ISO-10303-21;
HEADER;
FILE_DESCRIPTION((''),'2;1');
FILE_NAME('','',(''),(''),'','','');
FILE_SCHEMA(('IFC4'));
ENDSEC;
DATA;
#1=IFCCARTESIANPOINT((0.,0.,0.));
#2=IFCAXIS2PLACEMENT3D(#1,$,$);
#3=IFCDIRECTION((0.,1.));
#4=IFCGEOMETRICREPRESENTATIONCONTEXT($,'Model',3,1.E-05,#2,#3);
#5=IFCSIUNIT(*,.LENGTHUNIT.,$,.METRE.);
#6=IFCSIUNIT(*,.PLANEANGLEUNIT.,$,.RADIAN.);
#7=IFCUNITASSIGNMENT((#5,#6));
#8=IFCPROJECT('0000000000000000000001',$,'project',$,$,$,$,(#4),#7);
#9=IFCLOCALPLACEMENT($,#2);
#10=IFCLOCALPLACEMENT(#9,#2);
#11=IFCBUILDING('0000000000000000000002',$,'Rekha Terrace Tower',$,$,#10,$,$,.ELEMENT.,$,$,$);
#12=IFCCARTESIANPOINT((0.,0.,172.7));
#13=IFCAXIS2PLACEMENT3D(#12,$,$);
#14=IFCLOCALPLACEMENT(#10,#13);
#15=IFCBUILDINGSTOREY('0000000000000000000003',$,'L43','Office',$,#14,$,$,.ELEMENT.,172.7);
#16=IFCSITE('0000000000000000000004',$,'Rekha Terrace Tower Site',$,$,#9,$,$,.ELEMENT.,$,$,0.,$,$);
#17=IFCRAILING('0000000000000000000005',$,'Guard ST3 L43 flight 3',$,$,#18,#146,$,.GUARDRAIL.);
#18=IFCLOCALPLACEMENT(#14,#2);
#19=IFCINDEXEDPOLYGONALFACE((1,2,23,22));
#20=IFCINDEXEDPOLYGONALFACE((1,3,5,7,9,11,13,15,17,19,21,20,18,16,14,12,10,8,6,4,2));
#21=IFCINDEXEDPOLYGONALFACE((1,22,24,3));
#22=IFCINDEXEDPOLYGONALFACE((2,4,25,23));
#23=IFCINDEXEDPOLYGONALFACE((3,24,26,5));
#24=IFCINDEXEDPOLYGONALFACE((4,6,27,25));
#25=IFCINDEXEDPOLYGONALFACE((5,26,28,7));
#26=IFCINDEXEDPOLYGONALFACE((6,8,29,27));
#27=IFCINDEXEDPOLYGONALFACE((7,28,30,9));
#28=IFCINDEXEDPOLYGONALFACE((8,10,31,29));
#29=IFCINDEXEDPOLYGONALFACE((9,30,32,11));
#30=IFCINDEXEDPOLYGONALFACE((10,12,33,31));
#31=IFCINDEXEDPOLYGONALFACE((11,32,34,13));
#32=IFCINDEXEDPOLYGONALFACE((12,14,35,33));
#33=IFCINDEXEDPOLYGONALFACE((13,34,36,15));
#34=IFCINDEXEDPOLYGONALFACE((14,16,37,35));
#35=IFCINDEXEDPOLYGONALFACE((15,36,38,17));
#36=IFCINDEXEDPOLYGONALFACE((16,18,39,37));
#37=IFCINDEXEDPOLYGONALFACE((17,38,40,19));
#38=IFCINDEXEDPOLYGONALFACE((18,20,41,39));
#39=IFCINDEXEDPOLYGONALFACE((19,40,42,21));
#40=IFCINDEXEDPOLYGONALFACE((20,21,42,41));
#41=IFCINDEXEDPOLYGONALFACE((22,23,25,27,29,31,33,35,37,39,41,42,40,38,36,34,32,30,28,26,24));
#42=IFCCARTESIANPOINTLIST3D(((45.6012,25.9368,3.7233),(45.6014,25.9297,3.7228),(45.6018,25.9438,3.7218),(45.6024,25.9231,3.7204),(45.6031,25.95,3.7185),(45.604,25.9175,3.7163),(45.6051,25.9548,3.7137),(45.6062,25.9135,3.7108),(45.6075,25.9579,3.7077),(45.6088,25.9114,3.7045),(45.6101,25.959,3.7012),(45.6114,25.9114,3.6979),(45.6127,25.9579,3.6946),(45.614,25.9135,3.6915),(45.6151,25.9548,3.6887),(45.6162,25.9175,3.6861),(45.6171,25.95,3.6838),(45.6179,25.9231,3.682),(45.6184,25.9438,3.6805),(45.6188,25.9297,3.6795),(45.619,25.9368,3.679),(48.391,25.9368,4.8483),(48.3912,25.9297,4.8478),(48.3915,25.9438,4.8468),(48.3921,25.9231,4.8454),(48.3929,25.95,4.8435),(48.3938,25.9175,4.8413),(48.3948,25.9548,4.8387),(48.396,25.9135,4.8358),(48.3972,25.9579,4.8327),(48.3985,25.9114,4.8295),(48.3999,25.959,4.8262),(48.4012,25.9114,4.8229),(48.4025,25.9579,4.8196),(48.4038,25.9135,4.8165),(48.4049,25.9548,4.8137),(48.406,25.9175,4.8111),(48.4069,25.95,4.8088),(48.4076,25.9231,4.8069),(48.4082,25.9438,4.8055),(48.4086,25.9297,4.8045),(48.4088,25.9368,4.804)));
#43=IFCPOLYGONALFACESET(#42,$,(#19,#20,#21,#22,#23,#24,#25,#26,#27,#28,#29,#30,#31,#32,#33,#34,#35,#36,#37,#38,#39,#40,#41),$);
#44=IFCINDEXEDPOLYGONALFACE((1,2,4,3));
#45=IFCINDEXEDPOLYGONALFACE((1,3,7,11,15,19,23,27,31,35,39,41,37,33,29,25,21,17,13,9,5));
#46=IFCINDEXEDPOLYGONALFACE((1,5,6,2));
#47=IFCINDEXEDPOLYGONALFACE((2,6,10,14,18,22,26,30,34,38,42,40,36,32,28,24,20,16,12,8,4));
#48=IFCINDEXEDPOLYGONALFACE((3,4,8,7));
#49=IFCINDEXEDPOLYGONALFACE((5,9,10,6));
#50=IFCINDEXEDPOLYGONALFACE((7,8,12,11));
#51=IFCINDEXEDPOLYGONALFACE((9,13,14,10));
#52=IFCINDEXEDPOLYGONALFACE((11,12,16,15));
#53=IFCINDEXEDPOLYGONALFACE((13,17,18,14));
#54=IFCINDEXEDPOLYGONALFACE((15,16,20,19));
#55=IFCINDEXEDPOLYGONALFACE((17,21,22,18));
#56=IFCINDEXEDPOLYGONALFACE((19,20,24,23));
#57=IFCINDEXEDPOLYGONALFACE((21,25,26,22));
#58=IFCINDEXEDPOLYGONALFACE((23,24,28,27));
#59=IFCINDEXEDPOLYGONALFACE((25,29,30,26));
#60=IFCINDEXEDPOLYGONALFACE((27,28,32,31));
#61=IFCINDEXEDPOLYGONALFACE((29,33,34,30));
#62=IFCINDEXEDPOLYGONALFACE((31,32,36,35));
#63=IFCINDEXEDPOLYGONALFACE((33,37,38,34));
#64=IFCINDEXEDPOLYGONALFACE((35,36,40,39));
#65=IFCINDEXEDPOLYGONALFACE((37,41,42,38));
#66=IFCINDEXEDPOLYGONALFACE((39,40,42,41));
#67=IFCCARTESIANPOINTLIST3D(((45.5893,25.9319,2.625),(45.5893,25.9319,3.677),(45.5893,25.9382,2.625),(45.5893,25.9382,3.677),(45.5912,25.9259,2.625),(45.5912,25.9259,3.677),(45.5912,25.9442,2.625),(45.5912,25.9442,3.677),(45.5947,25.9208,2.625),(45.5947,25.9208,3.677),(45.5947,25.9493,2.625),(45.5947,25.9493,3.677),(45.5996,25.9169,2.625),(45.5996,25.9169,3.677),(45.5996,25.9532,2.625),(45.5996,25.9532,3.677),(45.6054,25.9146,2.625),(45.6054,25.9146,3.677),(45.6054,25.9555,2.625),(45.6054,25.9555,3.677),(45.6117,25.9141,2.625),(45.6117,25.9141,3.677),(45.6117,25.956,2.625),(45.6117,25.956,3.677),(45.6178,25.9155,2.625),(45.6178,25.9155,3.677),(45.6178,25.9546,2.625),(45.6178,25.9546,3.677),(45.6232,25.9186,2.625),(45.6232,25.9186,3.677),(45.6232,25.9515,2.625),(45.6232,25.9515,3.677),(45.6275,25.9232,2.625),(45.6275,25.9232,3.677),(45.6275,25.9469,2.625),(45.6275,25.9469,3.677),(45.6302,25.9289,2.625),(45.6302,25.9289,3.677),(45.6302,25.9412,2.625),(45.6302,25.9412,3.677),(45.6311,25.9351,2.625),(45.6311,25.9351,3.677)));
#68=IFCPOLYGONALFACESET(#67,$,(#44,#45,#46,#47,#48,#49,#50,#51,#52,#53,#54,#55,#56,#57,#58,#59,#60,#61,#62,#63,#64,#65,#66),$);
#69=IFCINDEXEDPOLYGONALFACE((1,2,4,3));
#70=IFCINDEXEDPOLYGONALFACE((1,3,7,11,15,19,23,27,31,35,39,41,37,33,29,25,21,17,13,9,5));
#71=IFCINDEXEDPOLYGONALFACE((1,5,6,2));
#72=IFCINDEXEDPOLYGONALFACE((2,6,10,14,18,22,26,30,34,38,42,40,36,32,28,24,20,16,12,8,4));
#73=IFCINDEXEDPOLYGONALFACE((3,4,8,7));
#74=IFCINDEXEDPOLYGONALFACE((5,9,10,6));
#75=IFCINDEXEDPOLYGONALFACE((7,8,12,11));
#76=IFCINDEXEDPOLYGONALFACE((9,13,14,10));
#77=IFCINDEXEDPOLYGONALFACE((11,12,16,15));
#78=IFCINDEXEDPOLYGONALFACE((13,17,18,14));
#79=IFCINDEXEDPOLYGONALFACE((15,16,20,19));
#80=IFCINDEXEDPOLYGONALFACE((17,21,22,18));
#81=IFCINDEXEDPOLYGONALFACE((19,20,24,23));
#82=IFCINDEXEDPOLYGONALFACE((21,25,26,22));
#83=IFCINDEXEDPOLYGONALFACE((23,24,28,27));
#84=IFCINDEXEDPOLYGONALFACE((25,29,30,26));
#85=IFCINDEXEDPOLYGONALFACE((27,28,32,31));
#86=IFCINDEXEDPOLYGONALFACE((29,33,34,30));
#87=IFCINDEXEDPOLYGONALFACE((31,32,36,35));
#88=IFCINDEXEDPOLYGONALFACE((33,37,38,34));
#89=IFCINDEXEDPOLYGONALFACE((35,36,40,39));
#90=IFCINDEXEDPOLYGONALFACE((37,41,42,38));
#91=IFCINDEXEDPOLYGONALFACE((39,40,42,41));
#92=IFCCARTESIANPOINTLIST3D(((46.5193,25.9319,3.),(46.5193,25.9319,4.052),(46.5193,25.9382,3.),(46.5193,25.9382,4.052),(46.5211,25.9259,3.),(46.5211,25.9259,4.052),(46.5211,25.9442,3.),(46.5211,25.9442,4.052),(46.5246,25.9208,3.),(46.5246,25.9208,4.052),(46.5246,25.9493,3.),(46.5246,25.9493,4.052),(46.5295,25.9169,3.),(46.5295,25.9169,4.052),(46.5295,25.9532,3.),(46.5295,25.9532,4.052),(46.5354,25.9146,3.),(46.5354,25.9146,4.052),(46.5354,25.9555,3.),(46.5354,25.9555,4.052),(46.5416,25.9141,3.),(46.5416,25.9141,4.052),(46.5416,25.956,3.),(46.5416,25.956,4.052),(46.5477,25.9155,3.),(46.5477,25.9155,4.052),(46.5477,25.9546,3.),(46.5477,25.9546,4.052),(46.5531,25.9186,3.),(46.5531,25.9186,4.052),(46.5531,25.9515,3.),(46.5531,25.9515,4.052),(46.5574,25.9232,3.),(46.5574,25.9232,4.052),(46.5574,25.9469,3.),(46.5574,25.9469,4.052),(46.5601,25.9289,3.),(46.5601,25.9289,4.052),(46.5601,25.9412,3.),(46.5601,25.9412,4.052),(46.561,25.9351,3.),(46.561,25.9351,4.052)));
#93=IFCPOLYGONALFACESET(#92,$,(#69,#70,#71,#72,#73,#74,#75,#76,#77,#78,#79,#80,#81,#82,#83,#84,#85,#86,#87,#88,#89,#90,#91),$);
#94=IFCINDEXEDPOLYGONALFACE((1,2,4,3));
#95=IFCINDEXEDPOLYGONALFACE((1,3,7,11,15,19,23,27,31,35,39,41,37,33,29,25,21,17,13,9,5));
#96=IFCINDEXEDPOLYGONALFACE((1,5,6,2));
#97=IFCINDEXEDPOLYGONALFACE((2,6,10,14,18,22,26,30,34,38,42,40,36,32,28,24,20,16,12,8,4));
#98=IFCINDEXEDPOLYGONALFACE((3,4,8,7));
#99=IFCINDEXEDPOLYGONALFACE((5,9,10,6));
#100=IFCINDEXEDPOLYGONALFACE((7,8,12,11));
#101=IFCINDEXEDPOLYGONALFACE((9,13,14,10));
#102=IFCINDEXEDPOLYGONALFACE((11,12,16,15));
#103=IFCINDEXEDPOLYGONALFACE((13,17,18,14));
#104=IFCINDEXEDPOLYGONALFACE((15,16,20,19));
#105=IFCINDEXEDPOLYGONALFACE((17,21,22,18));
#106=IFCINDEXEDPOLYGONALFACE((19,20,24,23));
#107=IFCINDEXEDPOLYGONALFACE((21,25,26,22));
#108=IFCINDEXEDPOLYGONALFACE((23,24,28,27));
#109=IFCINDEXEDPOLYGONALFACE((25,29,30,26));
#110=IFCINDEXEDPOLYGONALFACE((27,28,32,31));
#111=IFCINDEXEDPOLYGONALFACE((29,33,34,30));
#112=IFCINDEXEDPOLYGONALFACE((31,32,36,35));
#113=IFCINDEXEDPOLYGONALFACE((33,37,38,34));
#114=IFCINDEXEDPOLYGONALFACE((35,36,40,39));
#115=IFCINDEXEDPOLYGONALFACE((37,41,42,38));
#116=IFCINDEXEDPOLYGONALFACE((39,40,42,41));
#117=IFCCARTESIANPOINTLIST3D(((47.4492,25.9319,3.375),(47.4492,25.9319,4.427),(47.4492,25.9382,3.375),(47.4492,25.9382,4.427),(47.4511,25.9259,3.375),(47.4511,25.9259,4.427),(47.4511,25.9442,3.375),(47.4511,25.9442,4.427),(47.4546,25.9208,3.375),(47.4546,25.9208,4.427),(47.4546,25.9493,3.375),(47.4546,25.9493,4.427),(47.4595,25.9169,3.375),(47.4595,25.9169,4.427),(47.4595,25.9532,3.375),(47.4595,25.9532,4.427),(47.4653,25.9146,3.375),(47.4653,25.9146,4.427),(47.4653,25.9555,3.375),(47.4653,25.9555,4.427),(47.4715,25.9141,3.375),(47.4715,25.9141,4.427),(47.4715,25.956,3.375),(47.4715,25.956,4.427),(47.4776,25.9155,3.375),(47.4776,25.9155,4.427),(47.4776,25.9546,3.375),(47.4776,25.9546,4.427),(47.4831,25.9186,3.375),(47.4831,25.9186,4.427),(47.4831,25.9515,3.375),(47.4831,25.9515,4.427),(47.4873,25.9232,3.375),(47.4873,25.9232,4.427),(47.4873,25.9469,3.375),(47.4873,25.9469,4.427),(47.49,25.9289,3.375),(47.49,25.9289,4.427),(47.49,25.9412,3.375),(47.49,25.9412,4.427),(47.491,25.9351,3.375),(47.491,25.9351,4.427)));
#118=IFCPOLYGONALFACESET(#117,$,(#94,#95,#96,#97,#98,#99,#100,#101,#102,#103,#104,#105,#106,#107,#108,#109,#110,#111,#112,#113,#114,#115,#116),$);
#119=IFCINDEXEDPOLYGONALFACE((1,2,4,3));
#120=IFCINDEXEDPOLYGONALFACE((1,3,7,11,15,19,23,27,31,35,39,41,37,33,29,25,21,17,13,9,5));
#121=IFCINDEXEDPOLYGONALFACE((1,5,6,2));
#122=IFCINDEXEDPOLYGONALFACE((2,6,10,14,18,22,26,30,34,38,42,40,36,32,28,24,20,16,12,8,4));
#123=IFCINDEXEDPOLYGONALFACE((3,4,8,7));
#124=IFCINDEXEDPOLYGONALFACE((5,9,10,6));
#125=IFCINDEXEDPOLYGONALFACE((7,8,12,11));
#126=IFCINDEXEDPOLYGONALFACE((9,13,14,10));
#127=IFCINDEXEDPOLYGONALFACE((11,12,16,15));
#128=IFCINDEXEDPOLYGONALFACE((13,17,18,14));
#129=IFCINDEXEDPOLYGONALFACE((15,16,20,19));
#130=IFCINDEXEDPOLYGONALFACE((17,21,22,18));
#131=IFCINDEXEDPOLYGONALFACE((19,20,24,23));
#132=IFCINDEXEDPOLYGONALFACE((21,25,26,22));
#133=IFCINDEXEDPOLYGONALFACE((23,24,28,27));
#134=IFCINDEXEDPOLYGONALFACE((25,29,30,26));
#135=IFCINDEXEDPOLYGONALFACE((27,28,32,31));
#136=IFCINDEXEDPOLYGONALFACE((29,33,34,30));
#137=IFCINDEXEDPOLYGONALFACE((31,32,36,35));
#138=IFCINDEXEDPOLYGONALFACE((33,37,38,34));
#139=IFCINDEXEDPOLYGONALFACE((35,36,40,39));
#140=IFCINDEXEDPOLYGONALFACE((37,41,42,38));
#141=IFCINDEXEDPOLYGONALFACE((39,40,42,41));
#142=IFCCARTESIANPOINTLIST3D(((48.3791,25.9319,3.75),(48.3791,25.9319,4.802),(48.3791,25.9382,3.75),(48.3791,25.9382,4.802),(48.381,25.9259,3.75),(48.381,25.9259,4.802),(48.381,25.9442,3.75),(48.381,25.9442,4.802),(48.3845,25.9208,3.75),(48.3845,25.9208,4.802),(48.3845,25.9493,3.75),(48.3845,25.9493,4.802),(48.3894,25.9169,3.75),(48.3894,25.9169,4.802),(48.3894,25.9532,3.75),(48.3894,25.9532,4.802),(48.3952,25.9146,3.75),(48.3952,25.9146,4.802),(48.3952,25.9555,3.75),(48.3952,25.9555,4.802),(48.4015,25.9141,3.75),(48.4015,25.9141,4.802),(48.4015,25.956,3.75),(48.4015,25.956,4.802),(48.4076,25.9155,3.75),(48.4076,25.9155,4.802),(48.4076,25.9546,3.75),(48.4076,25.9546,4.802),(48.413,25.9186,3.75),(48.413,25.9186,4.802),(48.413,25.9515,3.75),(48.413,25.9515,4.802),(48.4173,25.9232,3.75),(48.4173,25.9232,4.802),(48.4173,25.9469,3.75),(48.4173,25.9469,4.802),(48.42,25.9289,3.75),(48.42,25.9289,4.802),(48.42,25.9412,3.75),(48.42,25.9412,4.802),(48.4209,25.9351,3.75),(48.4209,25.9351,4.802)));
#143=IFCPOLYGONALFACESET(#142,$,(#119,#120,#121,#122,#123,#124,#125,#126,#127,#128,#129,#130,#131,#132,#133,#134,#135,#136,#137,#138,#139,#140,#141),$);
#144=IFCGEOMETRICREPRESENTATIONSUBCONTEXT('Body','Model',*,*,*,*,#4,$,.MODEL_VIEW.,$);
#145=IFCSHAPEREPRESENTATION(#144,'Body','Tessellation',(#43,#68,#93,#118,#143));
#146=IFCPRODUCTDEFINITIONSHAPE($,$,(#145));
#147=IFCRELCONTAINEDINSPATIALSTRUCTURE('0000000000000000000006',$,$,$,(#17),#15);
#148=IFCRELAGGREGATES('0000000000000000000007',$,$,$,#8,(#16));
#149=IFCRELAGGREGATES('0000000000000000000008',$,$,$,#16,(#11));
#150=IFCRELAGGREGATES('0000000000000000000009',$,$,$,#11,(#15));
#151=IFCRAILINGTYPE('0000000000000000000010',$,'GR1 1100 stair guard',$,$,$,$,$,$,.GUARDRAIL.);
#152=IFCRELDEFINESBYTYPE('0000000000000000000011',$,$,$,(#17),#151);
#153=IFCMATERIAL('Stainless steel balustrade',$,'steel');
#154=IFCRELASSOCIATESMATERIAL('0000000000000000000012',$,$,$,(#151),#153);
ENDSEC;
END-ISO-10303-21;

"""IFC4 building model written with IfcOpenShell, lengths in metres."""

from ifc_helpers import new_model, si_unit, direction, frame, origin, origin_2d, place, context, subcontext, project, spatial, circle, extrude, material, type_object, element, save


model = new_model("IFC4")

# Units and contexts
model_context = context("Model", 3, precision=1e-05, world=origin(), true_north=direction((0.0, 1.0)))
body_context = subcontext(model_context, "Body", "Model", "MODEL_VIEW")
ifc_project = project(units=[si_unit("LENGTHUNIT", "METRE"), si_unit("PLANEANGLEUNIT", "RADIAN")], contexts=[model_context])

# Site, building, storey
site_placement = place(None, origin())
site = spatial("IfcSite", under=ifc_project, at=site_placement, Name="Rekha Terrace Tower Site", CompositionType="ELEMENT", RefElevation=0.0)
building_placement = place(site_placement, origin())
building = spatial("IfcBuilding", under=site, at=building_placement, Name="Rekha Terrace Tower", CompositionType="ELEMENT")
storey_placement = place(building_placement, frame((0.0, 0.0, 172.7)))
storey = spatial("IfcBuildingStorey", under=building, at=storey_placement, Name="L43", Description="Office", CompositionType="ELEMENT", Elevation=172.7)

# Railing
ifc_material_1 = material(Name="Stainless steel balustrade", Category="steel")
railing_type_1 = type_object("IfcRailingType", Name="GR1 1100 stair guard", PredefinedType="GUARDRAIL", material=ifc_material_1)
railing_1_placement = place(storey_placement, frame((45.6101, 25.9351, 2.625)))
element("IfcRailing", 1, at=railing_1_placement, inside=storey, type_object=railing_type_1, Name="Guard ST3 L43 flight 3", PredefinedType="GUARDRAIL", context=body_context, shape_type="SweptSolid", body=[
    extrude(circle(Radius=0.0239, at=origin_2d()), frame((0.0, 0.0, 1.0762), z_axis=(0.927432, 0.0, 0.373992), x_axis=(0.0, 1.0, 0.0)), (0.0, 0.0, 1.0), 3.0081),
    extrude(circle(Radius=0.021, at=origin_2d()), origin(), (0.0, 0.0, 1.0), 1.052),
    extrude(circle(Radius=0.021, at=origin_2d()), frame((0.9299, 0.0, 0.375)), (0.0, 0.0, 1.0), 1.052),
    extrude(circle(Radius=0.021, at=origin_2d()), frame((1.8599, 0.0, 0.75)), (0.0, 0.0, 1.0), 1.052),
    extrude(circle(Radius=0.021, at=origin_2d()), frame((2.7898, 0.0, 1.125)), (0.0, 0.0, 1.0), 1.052),
])

save(model, "model.ifc")
